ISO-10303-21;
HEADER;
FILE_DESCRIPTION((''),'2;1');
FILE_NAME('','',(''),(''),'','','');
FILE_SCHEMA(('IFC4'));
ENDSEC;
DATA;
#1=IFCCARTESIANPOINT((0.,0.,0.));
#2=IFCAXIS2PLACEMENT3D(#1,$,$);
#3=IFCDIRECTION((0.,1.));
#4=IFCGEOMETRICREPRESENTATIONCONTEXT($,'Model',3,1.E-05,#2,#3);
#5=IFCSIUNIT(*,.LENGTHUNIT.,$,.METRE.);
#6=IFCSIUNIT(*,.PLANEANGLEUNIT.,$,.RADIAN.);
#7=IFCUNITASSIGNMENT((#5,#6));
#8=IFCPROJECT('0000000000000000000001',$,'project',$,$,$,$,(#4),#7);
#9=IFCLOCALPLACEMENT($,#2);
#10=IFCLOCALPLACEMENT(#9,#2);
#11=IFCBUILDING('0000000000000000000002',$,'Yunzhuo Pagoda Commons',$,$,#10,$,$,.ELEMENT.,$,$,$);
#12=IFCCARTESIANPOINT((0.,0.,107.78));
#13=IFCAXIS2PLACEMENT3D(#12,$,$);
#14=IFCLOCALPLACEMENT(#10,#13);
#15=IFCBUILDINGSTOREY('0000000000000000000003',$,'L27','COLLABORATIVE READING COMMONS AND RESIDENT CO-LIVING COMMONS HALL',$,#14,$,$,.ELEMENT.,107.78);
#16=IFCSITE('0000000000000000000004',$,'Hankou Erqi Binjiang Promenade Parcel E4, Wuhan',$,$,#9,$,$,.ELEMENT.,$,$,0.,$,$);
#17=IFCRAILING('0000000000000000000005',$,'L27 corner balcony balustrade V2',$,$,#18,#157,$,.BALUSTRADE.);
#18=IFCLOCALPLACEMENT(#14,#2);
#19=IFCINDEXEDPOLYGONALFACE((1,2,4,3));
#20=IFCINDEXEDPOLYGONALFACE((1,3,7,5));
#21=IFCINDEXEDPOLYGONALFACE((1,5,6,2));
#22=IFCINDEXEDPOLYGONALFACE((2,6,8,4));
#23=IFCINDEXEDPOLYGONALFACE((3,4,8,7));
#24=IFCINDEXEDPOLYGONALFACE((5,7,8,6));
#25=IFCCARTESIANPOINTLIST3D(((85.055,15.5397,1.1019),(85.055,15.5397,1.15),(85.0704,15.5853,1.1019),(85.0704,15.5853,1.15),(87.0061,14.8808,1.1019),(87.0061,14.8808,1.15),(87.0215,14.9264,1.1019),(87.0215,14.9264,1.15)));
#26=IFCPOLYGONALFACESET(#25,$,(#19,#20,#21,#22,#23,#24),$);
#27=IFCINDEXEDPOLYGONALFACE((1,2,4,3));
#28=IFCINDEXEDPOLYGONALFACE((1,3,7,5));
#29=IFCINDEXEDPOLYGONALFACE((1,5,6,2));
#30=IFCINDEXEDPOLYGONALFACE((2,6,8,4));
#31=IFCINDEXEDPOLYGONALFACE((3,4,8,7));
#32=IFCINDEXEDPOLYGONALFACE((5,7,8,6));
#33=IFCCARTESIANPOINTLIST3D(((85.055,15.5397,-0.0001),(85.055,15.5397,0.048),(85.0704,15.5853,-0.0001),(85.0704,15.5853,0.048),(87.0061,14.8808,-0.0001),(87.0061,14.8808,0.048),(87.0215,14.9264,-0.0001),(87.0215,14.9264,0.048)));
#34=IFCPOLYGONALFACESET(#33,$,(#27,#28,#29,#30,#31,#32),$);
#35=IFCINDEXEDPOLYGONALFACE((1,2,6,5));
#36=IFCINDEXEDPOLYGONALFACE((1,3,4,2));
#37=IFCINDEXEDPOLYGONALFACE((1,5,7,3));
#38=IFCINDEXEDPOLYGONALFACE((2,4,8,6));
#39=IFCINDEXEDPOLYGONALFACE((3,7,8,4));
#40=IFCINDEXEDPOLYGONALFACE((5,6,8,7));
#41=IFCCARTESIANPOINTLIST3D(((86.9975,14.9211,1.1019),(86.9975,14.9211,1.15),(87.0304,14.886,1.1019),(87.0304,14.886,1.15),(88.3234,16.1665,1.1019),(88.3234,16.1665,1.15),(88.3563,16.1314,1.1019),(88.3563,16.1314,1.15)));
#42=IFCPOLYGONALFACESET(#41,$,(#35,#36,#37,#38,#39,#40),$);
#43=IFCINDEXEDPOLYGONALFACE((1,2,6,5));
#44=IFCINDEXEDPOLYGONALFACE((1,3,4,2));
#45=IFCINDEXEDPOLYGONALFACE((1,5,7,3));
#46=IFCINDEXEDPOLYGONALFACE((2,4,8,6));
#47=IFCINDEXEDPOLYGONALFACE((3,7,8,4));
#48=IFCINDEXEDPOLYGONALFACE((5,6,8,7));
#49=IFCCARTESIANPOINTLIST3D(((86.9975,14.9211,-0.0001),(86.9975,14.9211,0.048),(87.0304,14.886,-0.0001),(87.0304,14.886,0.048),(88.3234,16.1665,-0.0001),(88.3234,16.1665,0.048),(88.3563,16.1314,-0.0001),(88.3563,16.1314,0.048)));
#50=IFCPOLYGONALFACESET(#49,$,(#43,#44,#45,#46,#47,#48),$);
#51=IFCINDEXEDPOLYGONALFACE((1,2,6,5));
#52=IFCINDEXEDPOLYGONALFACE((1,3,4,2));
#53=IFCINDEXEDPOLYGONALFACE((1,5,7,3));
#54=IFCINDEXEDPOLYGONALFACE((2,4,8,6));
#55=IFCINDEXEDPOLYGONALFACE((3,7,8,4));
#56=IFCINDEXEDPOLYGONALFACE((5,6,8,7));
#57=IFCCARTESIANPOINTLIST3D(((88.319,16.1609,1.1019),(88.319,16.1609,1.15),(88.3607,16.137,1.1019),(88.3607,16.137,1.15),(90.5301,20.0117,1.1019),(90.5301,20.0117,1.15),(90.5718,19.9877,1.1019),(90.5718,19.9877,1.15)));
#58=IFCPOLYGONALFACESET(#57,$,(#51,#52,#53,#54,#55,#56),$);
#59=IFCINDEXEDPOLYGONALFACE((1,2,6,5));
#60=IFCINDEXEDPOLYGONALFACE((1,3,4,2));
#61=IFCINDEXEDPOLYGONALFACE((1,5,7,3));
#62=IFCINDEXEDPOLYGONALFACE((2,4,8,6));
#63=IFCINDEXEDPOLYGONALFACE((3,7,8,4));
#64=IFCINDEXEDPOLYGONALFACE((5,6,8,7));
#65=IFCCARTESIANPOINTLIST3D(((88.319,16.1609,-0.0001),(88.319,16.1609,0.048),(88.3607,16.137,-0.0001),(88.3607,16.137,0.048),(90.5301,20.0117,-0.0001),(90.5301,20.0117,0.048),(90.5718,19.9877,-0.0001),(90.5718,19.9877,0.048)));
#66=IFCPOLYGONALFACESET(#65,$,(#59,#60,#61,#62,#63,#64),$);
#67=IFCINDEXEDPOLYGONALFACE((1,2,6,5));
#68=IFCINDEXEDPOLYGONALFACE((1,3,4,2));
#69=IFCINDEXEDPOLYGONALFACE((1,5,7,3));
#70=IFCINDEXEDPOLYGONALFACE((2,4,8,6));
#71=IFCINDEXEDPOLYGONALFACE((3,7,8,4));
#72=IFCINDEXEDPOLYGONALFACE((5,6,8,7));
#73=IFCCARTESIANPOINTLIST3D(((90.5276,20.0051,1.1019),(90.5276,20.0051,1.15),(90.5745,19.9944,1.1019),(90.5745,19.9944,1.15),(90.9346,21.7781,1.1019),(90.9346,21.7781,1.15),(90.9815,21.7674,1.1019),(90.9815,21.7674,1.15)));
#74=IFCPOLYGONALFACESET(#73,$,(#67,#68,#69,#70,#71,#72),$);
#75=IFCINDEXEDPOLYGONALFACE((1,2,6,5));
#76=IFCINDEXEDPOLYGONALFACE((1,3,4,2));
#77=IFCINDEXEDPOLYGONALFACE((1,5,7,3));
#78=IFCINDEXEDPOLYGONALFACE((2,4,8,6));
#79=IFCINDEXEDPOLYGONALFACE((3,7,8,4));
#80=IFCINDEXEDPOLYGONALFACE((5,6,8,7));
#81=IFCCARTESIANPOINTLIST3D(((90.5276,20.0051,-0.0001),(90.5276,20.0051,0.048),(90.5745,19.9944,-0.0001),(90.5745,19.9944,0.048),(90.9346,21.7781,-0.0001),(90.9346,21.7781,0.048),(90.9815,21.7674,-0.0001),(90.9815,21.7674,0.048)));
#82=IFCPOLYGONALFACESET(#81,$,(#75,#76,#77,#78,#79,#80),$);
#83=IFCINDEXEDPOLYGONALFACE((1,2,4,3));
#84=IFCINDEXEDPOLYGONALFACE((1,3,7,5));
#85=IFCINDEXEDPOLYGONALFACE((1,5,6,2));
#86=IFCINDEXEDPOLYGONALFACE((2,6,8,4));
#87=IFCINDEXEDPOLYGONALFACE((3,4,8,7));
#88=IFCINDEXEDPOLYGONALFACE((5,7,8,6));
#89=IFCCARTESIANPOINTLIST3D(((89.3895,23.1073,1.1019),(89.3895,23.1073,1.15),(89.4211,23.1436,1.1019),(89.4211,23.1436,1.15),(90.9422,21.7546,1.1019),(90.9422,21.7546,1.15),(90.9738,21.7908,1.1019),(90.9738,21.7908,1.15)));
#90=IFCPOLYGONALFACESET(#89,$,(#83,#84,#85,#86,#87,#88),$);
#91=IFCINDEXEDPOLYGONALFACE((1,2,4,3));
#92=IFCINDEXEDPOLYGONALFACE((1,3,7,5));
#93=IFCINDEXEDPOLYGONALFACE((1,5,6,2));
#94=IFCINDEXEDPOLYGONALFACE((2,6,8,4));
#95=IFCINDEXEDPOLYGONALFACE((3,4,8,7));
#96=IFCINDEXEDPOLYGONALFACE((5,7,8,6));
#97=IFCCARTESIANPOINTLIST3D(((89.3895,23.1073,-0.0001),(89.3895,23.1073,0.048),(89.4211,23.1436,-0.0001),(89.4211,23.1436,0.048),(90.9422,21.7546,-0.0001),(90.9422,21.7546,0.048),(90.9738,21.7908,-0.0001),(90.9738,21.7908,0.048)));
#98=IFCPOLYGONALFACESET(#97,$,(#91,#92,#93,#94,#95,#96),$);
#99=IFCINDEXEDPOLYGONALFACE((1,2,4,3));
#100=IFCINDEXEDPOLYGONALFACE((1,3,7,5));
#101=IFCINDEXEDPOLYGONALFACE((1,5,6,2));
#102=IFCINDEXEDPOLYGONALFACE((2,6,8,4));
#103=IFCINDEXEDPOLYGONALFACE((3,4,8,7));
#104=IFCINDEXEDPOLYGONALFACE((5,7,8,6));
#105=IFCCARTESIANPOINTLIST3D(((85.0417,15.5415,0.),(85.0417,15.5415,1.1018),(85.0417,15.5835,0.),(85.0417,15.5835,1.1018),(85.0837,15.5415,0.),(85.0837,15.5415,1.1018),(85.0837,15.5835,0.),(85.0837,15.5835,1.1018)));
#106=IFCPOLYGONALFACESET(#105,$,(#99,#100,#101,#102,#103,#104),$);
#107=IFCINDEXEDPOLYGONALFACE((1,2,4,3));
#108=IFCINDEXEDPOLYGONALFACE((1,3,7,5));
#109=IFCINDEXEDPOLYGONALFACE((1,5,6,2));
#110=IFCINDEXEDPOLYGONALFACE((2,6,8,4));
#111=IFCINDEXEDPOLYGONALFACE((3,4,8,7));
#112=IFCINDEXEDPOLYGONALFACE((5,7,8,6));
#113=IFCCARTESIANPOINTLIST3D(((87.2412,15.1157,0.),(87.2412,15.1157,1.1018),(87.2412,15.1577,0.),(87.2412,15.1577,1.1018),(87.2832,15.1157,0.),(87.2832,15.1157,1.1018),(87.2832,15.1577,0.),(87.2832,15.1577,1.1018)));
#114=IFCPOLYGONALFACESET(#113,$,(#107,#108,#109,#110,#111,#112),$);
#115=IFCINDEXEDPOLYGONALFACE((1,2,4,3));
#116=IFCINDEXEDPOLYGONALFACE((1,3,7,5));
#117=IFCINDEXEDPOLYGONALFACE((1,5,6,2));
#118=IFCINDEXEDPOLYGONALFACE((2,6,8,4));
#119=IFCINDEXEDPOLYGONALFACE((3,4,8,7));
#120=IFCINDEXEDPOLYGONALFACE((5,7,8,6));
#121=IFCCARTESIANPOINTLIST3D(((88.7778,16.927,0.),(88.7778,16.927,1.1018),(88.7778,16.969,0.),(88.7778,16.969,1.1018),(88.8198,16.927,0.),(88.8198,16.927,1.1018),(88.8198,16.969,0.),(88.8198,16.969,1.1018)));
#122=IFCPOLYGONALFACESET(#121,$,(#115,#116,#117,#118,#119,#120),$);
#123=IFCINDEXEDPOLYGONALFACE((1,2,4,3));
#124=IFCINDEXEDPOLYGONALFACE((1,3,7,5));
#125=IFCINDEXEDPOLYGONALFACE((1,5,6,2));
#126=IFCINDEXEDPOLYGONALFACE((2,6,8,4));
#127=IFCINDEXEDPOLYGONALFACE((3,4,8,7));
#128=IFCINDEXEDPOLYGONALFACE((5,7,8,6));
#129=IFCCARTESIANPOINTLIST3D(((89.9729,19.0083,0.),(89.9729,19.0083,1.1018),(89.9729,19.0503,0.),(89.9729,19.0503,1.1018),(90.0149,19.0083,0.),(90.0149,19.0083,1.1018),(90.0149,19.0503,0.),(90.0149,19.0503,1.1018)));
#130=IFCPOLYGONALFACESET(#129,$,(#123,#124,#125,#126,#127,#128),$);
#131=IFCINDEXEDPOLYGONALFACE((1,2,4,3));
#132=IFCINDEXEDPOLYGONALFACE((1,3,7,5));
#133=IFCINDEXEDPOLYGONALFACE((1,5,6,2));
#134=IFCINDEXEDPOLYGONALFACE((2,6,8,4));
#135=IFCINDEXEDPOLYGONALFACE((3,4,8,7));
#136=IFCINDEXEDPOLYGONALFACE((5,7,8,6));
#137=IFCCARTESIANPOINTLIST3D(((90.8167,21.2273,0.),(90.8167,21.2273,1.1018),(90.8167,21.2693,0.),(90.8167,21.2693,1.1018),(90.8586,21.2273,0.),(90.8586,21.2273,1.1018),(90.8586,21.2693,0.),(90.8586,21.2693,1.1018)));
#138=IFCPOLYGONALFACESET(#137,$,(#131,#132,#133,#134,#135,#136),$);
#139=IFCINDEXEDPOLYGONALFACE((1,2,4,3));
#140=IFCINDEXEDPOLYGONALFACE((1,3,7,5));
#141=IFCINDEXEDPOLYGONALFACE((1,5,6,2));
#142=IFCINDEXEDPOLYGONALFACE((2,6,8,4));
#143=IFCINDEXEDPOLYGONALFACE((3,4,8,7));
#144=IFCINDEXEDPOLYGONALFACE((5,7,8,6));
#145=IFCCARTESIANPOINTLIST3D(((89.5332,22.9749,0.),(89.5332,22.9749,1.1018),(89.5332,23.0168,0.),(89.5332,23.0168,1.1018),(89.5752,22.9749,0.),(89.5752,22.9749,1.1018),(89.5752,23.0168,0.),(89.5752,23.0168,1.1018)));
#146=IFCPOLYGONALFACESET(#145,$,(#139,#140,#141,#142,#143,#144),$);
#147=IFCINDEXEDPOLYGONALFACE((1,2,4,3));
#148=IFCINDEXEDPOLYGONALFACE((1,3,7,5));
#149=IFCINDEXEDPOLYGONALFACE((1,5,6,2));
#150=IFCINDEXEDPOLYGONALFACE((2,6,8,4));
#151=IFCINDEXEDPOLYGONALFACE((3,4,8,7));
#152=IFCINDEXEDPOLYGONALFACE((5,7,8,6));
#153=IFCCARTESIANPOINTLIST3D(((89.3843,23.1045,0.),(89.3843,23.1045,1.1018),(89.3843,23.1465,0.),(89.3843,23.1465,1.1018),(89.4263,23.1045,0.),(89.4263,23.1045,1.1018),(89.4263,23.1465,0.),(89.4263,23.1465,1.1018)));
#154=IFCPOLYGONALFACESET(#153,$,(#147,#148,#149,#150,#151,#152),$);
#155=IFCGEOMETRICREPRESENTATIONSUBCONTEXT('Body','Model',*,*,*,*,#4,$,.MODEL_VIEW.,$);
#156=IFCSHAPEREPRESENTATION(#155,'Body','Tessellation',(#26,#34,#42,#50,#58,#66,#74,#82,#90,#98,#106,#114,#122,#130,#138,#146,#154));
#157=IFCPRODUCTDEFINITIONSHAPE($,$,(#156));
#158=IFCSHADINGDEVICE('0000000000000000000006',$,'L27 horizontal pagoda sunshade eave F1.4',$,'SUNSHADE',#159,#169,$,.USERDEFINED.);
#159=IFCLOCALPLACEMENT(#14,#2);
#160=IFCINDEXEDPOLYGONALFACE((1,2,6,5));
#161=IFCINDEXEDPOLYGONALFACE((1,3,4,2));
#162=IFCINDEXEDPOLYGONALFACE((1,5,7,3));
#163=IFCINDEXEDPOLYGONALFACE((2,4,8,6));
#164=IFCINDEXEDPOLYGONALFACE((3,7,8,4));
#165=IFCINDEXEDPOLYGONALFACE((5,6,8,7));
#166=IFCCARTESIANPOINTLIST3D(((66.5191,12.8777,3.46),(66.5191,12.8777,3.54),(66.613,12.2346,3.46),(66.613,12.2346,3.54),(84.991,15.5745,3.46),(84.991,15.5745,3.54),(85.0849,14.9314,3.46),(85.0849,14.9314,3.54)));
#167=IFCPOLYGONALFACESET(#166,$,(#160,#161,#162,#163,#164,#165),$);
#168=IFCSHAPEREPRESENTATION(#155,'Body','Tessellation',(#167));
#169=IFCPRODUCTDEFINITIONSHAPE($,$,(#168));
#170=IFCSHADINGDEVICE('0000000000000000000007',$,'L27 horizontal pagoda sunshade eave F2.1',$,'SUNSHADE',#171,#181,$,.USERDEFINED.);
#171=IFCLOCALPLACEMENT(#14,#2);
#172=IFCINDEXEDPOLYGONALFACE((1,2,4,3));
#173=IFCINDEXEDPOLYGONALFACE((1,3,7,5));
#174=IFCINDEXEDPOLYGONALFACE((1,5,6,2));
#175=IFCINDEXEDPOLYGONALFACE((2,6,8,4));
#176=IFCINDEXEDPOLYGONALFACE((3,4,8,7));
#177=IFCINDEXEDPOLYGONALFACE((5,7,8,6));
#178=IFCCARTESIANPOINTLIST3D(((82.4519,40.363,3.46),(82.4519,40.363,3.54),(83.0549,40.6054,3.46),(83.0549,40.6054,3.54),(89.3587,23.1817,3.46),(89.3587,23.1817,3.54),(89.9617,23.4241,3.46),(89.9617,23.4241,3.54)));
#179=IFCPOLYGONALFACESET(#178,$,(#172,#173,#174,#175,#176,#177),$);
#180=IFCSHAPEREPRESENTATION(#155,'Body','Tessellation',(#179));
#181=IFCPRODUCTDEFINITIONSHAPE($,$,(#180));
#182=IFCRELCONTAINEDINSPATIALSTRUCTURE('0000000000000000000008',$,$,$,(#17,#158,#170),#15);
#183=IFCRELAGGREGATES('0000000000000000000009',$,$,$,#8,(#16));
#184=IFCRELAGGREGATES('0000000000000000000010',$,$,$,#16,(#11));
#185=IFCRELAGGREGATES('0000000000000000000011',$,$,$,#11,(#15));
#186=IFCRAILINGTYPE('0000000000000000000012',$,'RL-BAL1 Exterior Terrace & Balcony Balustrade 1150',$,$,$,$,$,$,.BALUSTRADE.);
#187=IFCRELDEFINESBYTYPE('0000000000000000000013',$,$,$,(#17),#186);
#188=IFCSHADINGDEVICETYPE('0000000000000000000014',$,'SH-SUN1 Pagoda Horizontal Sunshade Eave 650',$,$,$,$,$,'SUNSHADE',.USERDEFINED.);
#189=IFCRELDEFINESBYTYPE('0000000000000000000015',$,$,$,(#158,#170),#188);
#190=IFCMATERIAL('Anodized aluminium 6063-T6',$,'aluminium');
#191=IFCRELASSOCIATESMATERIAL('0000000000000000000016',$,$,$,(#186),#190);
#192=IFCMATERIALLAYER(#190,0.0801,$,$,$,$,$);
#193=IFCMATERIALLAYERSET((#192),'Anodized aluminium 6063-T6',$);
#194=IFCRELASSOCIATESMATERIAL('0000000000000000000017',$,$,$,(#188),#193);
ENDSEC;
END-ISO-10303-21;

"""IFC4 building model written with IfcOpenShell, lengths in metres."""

from ifc_helpers import new_model, si_unit, direction, frame, origin, origin_2d, place, context, subcontext, project, spatial, rectangle, extrude, source, transform, mapped, material, layer, layer_set, type_object, element, save


model = new_model("IFC4")

# Units and contexts
model_context = context("Model", 3, precision=1e-05, world=origin(), true_north=direction((0.0, 1.0)))
body_context = subcontext(model_context, "Body", "Model", "MODEL_VIEW")
ifc_project = project(units=[si_unit("LENGTHUNIT", "METRE"), si_unit("PLANEANGLEUNIT", "RADIAN")], contexts=[model_context])

# Site, building, storey
site_placement = place(None, origin())
site = spatial("IfcSite", under=ifc_project, at=site_placement, Name="Hankou Erqi Binjiang Promenade Parcel E4, Wuhan", CompositionType="ELEMENT", RefElevation=0.0)
building_placement = place(site_placement, origin())
building = spatial("IfcBuilding", under=site, at=building_placement, Name="Yunzhuo Pagoda Commons", CompositionType="ELEMENT")
storey_placement = place(building_placement, frame((0.0, 0.0, 107.78)))
storey = spatial("IfcBuildingStorey", under=building, at=storey_placement, Name="L27", Description="COLLABORATIVE READING COMMONS AND RESIDENT CO-LIVING COMMONS HALL", CompositionType="ELEMENT", Elevation=107.78)

# Shared definitions
ifc_material_1 = material(Name="Anodized aluminium 6063-T6", Category="aluminium")

# Railing
railing_type = type_object("IfcRailingType", Name="RL-BAL1 Exterior Terrace & Balcony Balustrade 1150", PredefinedType="BALUSTRADE", material=ifc_material_1)
railing_placement = place(storey_placement, frame((85.0627, 15.5625, 0.0)))
element("IfcRailing", 1, at=railing_placement, inside=storey, type_object=railing_type, Name="L27 corner balcony balustrade V2", PredefinedType="BALUSTRADE", context=body_context, shape_type="SweptSolid", body=[
    extrude(rectangle(XDim=0.0481, YDim=0.0481, at=origin_2d()), frame((0.0, 0.0, 1.126), z_axis=(0.947431, -0.31996, 0.0), x_axis=(0.31996, 0.947431, 0.0)), (0.0, 0.0, 1.0), 2.0593),
    extrude(rectangle(XDim=0.0481, YDim=0.0481, at=origin_2d()), frame((0.0, 0.0, 0.0239), z_axis=(0.947431, -0.31996, 0.0), x_axis=(0.31996, 0.947431, 0.0)), (0.0, 0.0, 1.0), 2.0593),
    extrude(rectangle(XDim=0.0481, YDim=0.0481, at=origin_2d()), frame((1.9512, -0.6589, 1.126), z_axis=(0.728905, 0.684615, 0.0), x_axis=(-0.684615, 0.728905, 0.0)), (0.0, 0.0, 1.0), 1.8191),
    extrude(rectangle(XDim=0.0481, YDim=0.0481, at=origin_2d()), frame((1.9512, -0.6589, 0.0239), z_axis=(0.728905, 0.684615, 0.0), x_axis=(-0.684615, 0.728905, 0.0)), (0.0, 0.0, 1.0), 1.8191),
    extrude(rectangle(XDim=0.0481, YDim=0.0481, at=origin_2d()), frame((3.2771, 0.5864, 1.126), z_axis=(0.497956, 0.867203, 0.0), x_axis=(-0.867203, 0.497956, 0.0)), (0.0, 0.0, 1.0), 4.4404),
    extrude(rectangle(XDim=0.0481, YDim=0.0481, at=origin_2d()), frame((3.2771, 0.5864, 0.0239), z_axis=(0.497956, 0.867203, 0.0), x_axis=(-0.867203, 0.497956, 0.0)), (0.0, 0.0, 1.0), 4.4404),
    extrude(rectangle(XDim=0.0481, YDim=0.0481, at=origin_2d()), frame((5.4883, 4.4373, 1.126), z_axis=(0.223732, 0.974651, 0.0), x_axis=(-0.974651, 0.223732, 0.0)), (0.0, 0.0, 1.0), 1.8191),
    extrude(rectangle(XDim=0.0481, YDim=0.0481, at=origin_2d()), frame((5.4883, 4.4373, 0.0239), z_axis=(0.223732, 0.974651, 0.0), x_axis=(-0.974651, 0.223732, 0.0)), (0.0, 0.0, 1.0), 1.8191),
    extrude(rectangle(XDim=0.0481, YDim=0.0481, at=origin_2d()), frame((5.8953, 6.2102, 1.126), z_axis=(-0.753985, 0.656892, 0.0), x_axis=(-0.656892, -0.753985, 0.0)), (0.0, 0.0, 1.0), 2.0593),
    extrude(rectangle(XDim=0.0481, YDim=0.0481, at=origin_2d()), frame((5.8953, 6.2102, 0.0239), z_axis=(-0.753985, 0.656892, 0.0), x_axis=(-0.656892, -0.753985, 0.0)), (0.0, 0.0, 1.0), 2.0593),
    extrude(rectangle(XDim=0.042, YDim=0.042, at=origin_2d()), origin(), (0.0, 0.0, 1.0), 1.1018),
    extrude(rectangle(XDim=0.042, YDim=0.042, at=origin_2d()), frame((2.1995, -0.4258, 0.0)), (0.0, 0.0, 1.0), 1.1018),
    extrude(rectangle(XDim=0.042, YDim=0.042, at=origin_2d()), frame((3.7361, 1.3855, 0.0)), (0.0, 0.0, 1.0), 1.1018),
    extrude(rectangle(XDim=0.042, YDim=0.042, at=origin_2d()), frame((4.9312, 3.4668, 0.0)), (0.0, 0.0, 1.0), 1.1018),
    extrude(rectangle(XDim=0.042, YDim=0.042, at=origin_2d()), frame((5.7749, 5.6858, 0.0)), (0.0, 0.0, 1.0), 1.1018),
    extrude(rectangle(XDim=0.042, YDim=0.042, at=origin_2d()), frame((4.4915, 7.4333, 0.0)), (0.0, 0.0, 1.0), 1.1018),
    extrude(rectangle(XDim=0.042, YDim=0.042, at=origin_2d()), frame((4.3425, 7.563, 0.0)), (0.0, 0.0, 1.0), 1.1018),
])

# Shading devices
ifc_layer_1 = layer(ifc_material_1, 0.0801)
ifc_layer_set_1 = layer_set([ifc_layer_1], Name="Anodized aluminium 6063-T6")
shading_device_type = type_object("IfcShadingDeviceType", Name="SH-SUN1 Pagoda Horizontal Sunshade Eave 650", ElementType="SUNSHADE", PredefinedType="USERDEFINED", material=ifc_layer_set_1)
shared_shape_1 = source(origin(), body_context, "Body", "SweptSolid", [
    extrude(rectangle(XDim=18.6677, YDim=0.6499, at=origin_2d()), origin(), (0.0, 0.0, 1.0), 0.0801),
])
shading_device_1_placement = place(storey_placement, frame((75.802, 13.9045, 3.46), z_axis=(0.0, 0.0, 1.0), x_axis=(0.989511, 0.14446, 0.0)))
element("IfcShadingDevice", 2, at=shading_device_1_placement, inside=storey, type_object=shading_device_type, Name="L27 horizontal pagoda sunshade eave F1.4", ObjectType="SUNSHADE", PredefinedType="USERDEFINED", context=body_context, shape_type="MappedRepresentation", body=[
    mapped(shared_shape_1, transform((0.0, 0.0, 0.0), scale=1.0)),
])
shared_shape_2 = source(origin(), body_context, "Body", "SweptSolid", [
    extrude(rectangle(XDim=18.5176, YDim=0.6499, at=origin_2d()), origin(), (0.0, 0.0, 1.0), 0.0801),
])
shading_device_2_placement = place(storey_placement, frame((86.2068, 31.8936, 3.46), z_axis=(0.0, 0.0, 1.0), x_axis=(-0.372988, 0.927836, 0.0)))
element("IfcShadingDevice", 3, at=shading_device_2_placement, inside=storey, type_object=shading_device_type, Name="L27 horizontal pagoda sunshade eave F2.1", ObjectType="SUNSHADE", PredefinedType="USERDEFINED", context=body_context, shape_type="MappedRepresentation", body=[
    mapped(shared_shape_2, transform((0.0, 0.0, 0.0), scale=1.0)),
])

save(model, "model.ifc")
